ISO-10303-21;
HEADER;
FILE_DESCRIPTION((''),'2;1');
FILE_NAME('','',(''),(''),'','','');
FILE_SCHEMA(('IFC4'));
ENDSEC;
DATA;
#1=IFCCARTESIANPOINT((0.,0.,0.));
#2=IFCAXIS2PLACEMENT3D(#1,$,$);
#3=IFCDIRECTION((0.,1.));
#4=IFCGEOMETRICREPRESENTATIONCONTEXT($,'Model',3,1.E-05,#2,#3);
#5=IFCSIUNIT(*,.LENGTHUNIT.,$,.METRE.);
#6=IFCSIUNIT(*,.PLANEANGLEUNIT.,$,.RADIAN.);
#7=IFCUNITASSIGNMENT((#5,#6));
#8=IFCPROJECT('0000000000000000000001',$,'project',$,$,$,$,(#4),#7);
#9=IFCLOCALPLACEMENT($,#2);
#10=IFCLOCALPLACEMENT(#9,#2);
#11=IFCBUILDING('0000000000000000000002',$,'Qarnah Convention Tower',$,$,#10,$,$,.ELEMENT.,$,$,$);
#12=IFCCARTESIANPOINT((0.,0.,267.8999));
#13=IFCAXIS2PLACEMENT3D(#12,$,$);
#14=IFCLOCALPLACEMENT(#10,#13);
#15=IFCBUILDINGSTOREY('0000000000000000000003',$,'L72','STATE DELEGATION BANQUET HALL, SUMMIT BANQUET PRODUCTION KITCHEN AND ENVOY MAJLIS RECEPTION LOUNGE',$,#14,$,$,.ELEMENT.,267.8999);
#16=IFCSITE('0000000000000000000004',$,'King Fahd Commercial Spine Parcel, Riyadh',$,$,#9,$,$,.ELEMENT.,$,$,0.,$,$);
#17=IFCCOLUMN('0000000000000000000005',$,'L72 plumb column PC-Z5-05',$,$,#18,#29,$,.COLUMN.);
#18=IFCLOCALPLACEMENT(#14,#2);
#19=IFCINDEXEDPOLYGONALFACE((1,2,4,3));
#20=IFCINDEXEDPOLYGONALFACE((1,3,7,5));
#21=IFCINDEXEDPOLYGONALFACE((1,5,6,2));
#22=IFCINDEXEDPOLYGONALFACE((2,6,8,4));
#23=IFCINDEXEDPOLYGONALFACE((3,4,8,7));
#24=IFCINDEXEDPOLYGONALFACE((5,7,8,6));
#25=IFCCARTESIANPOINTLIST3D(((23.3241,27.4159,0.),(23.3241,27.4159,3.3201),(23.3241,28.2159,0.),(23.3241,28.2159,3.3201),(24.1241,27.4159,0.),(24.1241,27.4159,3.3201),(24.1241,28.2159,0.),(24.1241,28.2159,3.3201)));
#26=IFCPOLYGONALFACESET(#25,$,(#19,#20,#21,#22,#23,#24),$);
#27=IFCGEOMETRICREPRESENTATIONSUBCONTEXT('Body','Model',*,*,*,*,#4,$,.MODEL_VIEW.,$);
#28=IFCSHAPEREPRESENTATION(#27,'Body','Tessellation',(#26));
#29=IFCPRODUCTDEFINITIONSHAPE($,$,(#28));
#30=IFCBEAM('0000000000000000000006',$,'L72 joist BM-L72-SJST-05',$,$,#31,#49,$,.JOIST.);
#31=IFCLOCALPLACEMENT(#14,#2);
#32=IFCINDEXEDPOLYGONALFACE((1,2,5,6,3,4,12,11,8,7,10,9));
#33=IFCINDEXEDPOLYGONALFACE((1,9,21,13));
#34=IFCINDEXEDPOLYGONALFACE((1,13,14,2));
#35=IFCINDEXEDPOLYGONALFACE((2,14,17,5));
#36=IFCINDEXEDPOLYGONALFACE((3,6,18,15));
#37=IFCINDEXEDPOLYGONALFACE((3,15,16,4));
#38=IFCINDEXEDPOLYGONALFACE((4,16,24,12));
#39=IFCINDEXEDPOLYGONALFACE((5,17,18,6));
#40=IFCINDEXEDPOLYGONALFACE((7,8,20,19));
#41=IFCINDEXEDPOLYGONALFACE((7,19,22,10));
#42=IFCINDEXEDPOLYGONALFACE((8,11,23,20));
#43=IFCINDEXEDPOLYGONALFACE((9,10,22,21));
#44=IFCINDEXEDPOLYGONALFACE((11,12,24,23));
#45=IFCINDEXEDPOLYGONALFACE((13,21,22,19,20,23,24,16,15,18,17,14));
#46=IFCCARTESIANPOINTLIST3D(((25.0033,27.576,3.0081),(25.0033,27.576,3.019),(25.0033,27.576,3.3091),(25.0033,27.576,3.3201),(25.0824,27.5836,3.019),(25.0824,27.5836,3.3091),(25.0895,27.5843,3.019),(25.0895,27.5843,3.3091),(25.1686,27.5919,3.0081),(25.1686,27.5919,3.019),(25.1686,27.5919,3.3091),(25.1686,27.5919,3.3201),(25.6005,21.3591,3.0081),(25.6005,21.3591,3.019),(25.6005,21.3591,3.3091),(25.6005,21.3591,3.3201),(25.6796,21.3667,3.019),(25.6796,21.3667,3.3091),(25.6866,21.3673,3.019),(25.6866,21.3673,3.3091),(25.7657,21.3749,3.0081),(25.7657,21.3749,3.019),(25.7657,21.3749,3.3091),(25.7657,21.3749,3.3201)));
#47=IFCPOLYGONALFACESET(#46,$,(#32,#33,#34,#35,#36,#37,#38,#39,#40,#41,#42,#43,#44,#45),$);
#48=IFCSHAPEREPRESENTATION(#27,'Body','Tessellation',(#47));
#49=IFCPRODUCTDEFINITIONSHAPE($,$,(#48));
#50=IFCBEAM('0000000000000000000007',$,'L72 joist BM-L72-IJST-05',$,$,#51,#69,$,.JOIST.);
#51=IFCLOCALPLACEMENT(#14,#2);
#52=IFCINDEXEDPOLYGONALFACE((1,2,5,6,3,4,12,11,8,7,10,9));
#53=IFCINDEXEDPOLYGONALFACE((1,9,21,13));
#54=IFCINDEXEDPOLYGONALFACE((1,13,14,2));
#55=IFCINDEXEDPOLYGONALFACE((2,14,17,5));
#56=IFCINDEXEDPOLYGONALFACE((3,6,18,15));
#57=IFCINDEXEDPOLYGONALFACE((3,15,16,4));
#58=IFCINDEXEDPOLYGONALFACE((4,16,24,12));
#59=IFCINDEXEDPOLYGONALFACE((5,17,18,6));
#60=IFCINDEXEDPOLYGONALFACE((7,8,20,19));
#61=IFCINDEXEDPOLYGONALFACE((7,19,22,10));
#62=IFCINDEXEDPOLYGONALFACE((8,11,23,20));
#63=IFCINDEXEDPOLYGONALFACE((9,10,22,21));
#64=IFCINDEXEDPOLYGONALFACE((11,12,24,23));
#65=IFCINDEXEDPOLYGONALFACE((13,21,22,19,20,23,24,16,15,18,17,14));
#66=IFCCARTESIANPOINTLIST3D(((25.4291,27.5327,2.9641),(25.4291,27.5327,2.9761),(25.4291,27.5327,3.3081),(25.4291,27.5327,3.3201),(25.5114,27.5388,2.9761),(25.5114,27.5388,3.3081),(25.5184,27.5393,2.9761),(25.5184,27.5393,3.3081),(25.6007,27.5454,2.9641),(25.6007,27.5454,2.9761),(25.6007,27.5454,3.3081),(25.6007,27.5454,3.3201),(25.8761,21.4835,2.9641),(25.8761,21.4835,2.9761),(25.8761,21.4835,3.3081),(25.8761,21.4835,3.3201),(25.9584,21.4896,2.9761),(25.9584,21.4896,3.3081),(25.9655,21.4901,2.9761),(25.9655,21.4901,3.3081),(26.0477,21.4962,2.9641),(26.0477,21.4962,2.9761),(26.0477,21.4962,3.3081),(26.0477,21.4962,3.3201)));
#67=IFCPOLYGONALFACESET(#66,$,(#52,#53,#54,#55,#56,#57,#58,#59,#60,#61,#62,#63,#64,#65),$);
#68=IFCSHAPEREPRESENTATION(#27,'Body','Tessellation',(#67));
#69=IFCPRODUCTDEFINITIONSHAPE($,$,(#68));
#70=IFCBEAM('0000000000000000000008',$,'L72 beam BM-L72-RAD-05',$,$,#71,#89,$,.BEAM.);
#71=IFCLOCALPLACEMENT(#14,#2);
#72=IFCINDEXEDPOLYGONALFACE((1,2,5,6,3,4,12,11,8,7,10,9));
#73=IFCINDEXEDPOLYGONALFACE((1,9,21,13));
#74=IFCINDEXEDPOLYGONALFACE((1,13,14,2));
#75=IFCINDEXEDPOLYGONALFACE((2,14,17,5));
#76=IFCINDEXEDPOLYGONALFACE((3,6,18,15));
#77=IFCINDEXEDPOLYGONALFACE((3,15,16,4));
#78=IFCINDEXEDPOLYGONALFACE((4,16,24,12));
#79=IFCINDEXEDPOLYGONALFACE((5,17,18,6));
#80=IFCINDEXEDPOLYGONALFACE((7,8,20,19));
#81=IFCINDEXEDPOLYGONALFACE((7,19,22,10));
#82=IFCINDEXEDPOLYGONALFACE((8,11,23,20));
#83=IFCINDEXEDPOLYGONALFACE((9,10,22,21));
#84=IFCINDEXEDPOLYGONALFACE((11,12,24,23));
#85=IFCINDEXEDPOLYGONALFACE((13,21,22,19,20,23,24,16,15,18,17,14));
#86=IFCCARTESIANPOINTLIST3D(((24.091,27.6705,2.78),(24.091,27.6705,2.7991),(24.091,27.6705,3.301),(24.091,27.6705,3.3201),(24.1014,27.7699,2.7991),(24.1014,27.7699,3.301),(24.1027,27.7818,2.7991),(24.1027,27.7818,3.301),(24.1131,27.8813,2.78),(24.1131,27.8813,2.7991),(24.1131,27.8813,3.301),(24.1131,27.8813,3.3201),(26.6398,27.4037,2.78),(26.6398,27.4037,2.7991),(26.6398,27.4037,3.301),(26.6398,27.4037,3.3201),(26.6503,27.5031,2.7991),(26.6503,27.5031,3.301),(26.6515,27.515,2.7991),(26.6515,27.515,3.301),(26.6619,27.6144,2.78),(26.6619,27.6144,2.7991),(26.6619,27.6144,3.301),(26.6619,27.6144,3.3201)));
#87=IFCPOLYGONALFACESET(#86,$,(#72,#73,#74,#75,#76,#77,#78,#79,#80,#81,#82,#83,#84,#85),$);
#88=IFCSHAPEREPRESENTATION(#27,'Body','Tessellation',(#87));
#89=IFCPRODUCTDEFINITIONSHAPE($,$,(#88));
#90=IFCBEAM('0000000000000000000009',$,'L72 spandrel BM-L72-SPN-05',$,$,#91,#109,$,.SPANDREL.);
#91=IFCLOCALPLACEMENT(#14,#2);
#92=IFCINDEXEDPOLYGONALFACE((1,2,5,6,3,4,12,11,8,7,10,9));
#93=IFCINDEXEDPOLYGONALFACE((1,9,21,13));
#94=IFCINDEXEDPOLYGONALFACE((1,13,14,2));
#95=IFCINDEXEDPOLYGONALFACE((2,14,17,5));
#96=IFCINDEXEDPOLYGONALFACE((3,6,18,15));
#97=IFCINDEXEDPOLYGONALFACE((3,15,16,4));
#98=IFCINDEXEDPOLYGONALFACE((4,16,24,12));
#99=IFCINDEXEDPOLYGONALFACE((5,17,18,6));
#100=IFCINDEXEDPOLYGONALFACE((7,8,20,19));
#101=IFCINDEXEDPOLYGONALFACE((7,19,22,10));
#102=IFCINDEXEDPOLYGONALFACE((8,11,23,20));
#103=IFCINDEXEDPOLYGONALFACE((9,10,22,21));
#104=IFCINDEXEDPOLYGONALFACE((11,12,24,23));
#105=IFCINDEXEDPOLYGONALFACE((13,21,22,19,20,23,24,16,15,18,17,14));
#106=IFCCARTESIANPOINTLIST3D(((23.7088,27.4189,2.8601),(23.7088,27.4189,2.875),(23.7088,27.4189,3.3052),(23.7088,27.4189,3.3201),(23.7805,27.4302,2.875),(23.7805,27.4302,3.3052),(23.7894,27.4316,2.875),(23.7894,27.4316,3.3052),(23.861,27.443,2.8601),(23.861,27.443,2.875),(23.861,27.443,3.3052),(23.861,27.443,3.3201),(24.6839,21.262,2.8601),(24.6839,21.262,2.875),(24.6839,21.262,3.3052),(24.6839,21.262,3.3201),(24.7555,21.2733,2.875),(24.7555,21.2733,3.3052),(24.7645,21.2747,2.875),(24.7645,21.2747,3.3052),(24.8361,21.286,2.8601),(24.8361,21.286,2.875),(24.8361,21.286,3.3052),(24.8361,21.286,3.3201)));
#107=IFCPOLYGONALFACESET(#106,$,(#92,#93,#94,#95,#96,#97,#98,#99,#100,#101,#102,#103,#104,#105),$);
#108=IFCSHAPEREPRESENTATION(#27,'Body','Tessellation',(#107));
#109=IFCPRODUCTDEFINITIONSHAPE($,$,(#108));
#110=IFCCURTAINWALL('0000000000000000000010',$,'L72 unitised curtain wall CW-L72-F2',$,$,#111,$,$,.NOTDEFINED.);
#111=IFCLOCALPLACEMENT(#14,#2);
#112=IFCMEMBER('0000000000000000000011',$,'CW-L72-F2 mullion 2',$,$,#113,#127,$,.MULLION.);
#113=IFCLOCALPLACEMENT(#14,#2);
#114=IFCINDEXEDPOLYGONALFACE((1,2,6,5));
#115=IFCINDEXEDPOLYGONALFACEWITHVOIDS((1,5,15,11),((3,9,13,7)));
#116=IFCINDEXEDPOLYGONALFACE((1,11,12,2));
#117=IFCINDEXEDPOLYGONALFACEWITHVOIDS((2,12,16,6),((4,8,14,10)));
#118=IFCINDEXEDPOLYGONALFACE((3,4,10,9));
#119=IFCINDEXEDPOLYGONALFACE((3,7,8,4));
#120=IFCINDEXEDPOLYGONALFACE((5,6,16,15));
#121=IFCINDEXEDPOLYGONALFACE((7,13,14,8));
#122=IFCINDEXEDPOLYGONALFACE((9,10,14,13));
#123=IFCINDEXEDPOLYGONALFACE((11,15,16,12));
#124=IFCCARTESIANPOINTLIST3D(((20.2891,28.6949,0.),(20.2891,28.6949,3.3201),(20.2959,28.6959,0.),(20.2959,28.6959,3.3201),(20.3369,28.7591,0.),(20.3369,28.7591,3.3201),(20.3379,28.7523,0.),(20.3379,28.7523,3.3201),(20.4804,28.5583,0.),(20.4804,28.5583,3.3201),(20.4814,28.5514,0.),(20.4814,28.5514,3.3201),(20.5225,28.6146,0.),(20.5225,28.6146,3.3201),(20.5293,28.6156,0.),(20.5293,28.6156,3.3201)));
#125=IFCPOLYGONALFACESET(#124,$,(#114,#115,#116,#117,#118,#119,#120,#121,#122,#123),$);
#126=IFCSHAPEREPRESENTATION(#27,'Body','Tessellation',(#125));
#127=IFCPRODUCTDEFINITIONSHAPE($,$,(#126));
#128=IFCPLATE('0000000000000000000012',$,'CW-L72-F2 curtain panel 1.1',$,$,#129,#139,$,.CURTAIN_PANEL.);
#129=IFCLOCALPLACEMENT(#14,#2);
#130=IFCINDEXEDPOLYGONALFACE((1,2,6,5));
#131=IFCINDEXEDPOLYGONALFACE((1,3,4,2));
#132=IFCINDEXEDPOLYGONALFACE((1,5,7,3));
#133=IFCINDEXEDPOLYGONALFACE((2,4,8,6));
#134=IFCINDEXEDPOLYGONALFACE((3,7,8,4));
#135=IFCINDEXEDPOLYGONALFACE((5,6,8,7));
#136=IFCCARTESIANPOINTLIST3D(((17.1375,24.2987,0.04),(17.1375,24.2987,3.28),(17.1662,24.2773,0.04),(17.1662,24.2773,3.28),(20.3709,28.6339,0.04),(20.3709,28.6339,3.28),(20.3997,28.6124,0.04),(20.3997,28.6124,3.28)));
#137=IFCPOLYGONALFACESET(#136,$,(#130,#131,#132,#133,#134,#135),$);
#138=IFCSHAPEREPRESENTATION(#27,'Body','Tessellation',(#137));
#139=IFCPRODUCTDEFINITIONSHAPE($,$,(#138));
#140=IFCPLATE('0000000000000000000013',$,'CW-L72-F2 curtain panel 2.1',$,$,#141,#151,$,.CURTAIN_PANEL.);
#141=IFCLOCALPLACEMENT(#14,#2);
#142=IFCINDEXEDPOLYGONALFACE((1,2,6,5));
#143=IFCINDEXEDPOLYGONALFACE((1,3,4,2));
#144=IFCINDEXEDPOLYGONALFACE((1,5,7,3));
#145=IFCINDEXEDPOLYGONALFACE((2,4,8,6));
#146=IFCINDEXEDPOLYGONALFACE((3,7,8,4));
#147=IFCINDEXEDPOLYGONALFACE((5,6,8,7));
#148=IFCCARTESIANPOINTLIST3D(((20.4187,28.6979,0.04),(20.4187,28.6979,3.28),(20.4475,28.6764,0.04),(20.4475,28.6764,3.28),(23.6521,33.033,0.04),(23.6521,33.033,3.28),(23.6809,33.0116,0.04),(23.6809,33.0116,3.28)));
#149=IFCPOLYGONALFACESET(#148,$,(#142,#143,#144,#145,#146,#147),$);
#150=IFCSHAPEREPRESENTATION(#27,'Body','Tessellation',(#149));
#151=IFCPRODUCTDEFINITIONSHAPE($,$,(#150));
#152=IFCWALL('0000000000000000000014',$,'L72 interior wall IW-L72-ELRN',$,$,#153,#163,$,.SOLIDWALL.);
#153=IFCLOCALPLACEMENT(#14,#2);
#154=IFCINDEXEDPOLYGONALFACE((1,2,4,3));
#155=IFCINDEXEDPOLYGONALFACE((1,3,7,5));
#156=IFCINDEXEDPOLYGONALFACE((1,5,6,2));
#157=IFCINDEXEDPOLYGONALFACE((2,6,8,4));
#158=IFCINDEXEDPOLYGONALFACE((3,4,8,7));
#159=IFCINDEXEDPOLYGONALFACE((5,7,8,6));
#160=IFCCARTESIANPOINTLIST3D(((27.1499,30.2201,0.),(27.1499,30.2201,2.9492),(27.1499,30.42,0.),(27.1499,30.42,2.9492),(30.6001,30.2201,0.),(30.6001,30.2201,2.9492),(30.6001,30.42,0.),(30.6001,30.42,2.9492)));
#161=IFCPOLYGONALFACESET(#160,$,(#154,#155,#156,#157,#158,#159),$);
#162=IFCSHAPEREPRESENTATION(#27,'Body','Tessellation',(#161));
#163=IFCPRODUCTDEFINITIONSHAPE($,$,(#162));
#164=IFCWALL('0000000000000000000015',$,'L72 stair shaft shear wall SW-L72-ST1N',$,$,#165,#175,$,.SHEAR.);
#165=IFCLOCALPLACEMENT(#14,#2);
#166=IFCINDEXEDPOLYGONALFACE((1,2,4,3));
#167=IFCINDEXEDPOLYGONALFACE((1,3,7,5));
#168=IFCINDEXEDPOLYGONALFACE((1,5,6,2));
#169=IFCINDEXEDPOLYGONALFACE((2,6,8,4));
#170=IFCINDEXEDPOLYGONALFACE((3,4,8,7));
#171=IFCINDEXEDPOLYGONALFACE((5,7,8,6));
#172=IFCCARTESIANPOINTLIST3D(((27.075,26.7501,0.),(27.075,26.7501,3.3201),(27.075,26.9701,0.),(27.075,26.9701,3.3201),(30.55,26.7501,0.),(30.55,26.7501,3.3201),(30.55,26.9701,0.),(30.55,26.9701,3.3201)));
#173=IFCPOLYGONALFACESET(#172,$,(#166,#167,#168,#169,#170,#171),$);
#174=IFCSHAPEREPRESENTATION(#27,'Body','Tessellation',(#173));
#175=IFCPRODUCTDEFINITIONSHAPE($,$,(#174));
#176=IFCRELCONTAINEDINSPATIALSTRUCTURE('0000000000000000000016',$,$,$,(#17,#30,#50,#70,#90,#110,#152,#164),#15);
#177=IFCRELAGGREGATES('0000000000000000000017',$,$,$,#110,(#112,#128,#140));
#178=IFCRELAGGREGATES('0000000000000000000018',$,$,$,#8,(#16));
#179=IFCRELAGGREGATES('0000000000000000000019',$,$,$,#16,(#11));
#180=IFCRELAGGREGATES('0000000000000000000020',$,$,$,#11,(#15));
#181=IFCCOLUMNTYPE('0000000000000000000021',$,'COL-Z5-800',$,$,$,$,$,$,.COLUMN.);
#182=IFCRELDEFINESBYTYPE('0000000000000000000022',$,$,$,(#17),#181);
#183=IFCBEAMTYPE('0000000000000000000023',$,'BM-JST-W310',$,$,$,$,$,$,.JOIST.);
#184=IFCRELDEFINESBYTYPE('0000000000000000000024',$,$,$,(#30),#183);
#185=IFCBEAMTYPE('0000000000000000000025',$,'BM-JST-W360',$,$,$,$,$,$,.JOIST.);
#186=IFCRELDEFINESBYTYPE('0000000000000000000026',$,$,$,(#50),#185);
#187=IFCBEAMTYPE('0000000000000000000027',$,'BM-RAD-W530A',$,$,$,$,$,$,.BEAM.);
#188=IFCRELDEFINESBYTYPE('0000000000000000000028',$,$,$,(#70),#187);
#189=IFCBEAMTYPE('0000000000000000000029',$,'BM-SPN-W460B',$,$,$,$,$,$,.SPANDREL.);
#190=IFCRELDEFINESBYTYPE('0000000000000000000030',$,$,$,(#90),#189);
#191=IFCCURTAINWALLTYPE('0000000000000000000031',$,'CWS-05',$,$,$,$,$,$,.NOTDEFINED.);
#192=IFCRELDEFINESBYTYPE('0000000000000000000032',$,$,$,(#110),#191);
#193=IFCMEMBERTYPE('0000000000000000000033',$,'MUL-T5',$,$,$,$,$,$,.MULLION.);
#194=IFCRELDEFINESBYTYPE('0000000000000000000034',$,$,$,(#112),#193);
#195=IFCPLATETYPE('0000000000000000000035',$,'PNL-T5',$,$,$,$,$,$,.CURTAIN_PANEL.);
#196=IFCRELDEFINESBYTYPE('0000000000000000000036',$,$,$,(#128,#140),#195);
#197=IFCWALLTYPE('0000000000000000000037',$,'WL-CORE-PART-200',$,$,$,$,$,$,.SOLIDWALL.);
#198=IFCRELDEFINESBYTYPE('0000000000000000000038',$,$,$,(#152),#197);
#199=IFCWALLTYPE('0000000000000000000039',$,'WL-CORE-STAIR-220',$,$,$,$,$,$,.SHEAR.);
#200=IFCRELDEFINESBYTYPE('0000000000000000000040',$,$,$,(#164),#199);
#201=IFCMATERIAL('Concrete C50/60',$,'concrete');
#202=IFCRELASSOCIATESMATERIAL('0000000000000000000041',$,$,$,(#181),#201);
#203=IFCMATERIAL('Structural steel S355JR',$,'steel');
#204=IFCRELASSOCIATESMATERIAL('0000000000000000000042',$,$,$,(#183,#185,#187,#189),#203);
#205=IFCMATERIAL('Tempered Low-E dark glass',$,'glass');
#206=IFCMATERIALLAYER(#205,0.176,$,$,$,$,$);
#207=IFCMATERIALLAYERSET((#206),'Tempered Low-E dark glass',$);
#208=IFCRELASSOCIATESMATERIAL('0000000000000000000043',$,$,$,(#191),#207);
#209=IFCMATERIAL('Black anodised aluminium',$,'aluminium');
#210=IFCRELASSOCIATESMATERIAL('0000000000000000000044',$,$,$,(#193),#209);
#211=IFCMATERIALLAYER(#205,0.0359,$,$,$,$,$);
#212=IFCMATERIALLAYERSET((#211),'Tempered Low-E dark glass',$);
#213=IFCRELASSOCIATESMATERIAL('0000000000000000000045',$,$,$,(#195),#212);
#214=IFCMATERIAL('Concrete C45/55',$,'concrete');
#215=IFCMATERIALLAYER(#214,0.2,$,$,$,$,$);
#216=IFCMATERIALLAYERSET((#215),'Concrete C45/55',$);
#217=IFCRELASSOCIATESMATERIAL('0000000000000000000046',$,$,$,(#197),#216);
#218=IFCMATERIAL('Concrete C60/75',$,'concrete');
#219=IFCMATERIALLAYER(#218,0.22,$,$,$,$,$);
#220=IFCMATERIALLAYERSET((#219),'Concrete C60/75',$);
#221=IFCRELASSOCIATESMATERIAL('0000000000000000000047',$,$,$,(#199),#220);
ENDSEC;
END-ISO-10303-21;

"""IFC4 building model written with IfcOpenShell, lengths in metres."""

from ifc_helpers import new_model, si_unit, direction, frame, frame_2d, origin, origin_2d, place, context, subcontext, project, spatial, rectangle, hollow_rectangle, i_section, extrude, material, layer, layer_set, material_profile, profile_set, type_object, element, aggregate, save


model = new_model("IFC4")

# Units and contexts
model_context = context("Model", 3, precision=1e-05, world=origin(), true_north=direction((0.0, 1.0)))
body_context = subcontext(model_context, "Body", "Model", "MODEL_VIEW")
ifc_project = project(units=[si_unit("LENGTHUNIT", "METRE"), si_unit("PLANEANGLEUNIT", "RADIAN")], contexts=[model_context])

# Site, building, storey
site_placement = place(None, origin())
site = spatial("IfcSite", under=ifc_project, at=site_placement, Name="King Fahd Commercial Spine Parcel, Riyadh", CompositionType="ELEMENT", RefElevation=0.0)
building_placement = place(site_placement, origin())
building = spatial("IfcBuilding", under=site, at=building_placement, Name="Qarnah Convention Tower", CompositionType="ELEMENT")
storey_placement = place(building_placement, frame((0.0, 0.0, 267.8999)))
storey = spatial("IfcBuildingStorey", under=building, at=storey_placement, Name="L72", Description="STATE DELEGATION BANQUET HALL, SUMMIT BANQUET PRODUCTION KITCHEN AND ENVOY MAJLIS RECEPTION LOUNGE", CompositionType="ELEMENT", Elevation=267.8999)

# Column
ifc_material_1 = material(Name="Concrete C50/60", Category="concrete")
ifc_material_profile_1 = material_profile(ifc_material_1, rectangle(XDim=0.8, YDim=0.8, at=origin_2d()), Name="RC-COL-800X800")
ifc_profile_set_1 = profile_set([ifc_material_profile_1], Name="Concrete C50/60")
column_type = type_object("IfcColumnType", Name="COL-Z5-800", PredefinedType="COLUMN", material=ifc_profile_set_1)
column_placement = place(storey_placement, frame((23.7241, 27.8159, 0.0), z_axis=(0.0, 0.0, 1.0), x_axis=(1.0, 0.0, 0.0)))
element("IfcColumn", 1, at=column_placement, inside=storey, type_object=column_type, Name="L72 plumb column PC-Z5-05", PredefinedType="COLUMN", context=body_context, shape_type="SweptSolid", body=[
    extrude(rectangle(XDim=0.8, YDim=0.8, at=origin_2d()), origin(), (0.0, 0.0, 1.0), 3.3201),
])

# Beams
ifc_material_2 = material(Name="Structural steel S355JR", Category="steel")
ifc_material_profile_2 = material_profile(ifc_material_2, i_section(OverallWidth=0.166, OverallDepth=0.312, WebThickness=0.0071, FlangeThickness=0.011, at=origin_2d()), Name="W310X45")
ifc_profile_set_2 = profile_set([ifc_material_profile_2], Name="Structural steel S355JR")
beam_type_1 = type_object("IfcBeamType", Name="BM-JST-W310", PredefinedType="JOIST", material=ifc_profile_set_2)
beam_1_placement = place(storey_placement, frame((25.0859, 27.584, 3.1641), z_axis=(0.095613, -0.995419, 0.0), x_axis=(0.995419, 0.095613, 0.0)))
element("IfcBeam", 2, at=beam_1_placement, inside=storey, type_object=beam_type_1, Name="L72 joist BM-L72-SJST-05", PredefinedType="JOIST", context=body_context, shape_type="SweptSolid", body=[
    extrude(i_section(OverallWidth=0.166, OverallDepth=0.312, WebThickness=0.0071, FlangeThickness=0.011, at=origin_2d()), origin(), (0.0, 0.0, 1.0), 6.2456),
])
ifc_material_profile_3 = material_profile(ifc_material_2, i_section(OverallWidth=0.1721, OverallDepth=0.356, WebThickness=0.0071, FlangeThickness=0.012, at=origin_2d()), Name="W360X51")
ifc_profile_set_3 = profile_set([ifc_material_profile_3], Name="Structural steel S355JR")
beam_type_2 = type_object("IfcBeamType", Name="BM-JST-W360", PredefinedType="JOIST", material=ifc_profile_set_3)
beam_2_placement = place(storey_placement, frame((25.5149, 27.5391, 3.1421), z_axis=(0.073698, -0.997281, 0.0), x_axis=(0.997281, 0.073698, 0.0)))
element("IfcBeam", 3, at=beam_2_placement, inside=storey, type_object=beam_type_2, Name="L72 joist BM-L72-IJST-05", PredefinedType="JOIST", context=body_context, shape_type="SweptSolid", body=[
    extrude(i_section(OverallWidth=0.1721, OverallDepth=0.356, WebThickness=0.0071, FlangeThickness=0.012, at=origin_2d()), origin(), (0.0, 0.0, 1.0), 6.0657),
])
ifc_material_profile_4 = material_profile(ifc_material_2, i_section(OverallWidth=0.2119, OverallDepth=0.54, WebThickness=0.012, FlangeThickness=0.019, at=origin_2d()), Name="W530X109")
ifc_profile_set_4 = profile_set([ifc_material_profile_4], Name="Structural steel S355JR")
beam_type_3 = type_object("IfcBeamType", Name="BM-RAD-W530A", PredefinedType="BEAM", material=ifc_profile_set_4)
beam_3_placement = place(storey_placement, frame((26.6509, 27.509, 3.05), z_axis=(-0.994564, 0.104124, 0.0), x_axis=(-0.104124, -0.994564, 0.0)))
element("IfcBeam", 4, at=beam_3_placement, inside=storey, type_object=beam_type_3, Name="L72 beam BM-L72-RAD-05", PredefinedType="BEAM", context=body_context, shape_type="SweptSolid", body=[
    extrude(i_section(OverallWidth=0.2119, OverallDepth=0.54, WebThickness=0.012, FlangeThickness=0.019, at=origin_2d()), origin(), (0.0, 0.0, 1.0), 2.5627),
])
ifc_material_profile_5 = material_profile(ifc_material_2, i_section(OverallWidth=0.1541, OverallDepth=0.46, WebThickness=0.009, FlangeThickness=0.0149, at=origin_2d()), Name="W460X68")
ifc_profile_set_5 = profile_set([ifc_material_profile_5], Name="Structural steel S355JR")
beam_type_4 = type_object("IfcBeamType", Name="BM-SPN-W460B", PredefinedType="SPANDREL", material=ifc_profile_set_5)
beam_4_placement = place(storey_placement, frame((23.7849, 27.4309, 3.0901), z_axis=(0.156423, -0.98769, 0.0), x_axis=(0.98769, 0.156423, 0.0)))
element("IfcBeam", 5, at=beam_4_placement, inside=storey, type_object=beam_type_4, Name="L72 spandrel BM-L72-SPN-05", PredefinedType="SPANDREL", context=body_context, shape_type="SweptSolid", body=[
    extrude(i_section(OverallWidth=0.1541, OverallDepth=0.46, WebThickness=0.009, FlangeThickness=0.0149, at=origin_2d()), origin(), (0.0, 0.0, 1.0), 6.2336),
])

# Curtain wall, member, plates
ifc_material_3 = material(Name="Tempered Low-E dark glass", Category="glass")
ifc_layer_1 = layer(ifc_material_3, 0.176)
ifc_layer_set_1 = layer_set([ifc_layer_1], Name="Tempered Low-E dark glass")
curtain_wall_type = type_object("IfcCurtainWallType", Name="CWS-05", PredefinedType="NOTDEFINED", material=ifc_layer_set_1)
curtain_wall_placement = place(storey_placement, origin())
curtain_wall = element("IfcCurtainWall", 6, at=curtain_wall_placement, inside=storey, type_object=curtain_wall_type, Name="L72 unitised curtain wall CW-L72-F2", PredefinedType="NOTDEFINED")
ifc_material_4 = material(Name="Black anodised aluminium", Category="aluminium")
ifc_material_profile_6 = material_profile(ifc_material_4, hollow_rectangle(XDim=0.0801, YDim=0.24, WallThickness=0.0049, at=origin_2d()), Name="MUL-80X240")
ifc_profile_set_6 = profile_set([ifc_material_profile_6], Name="Black anodised aluminium")
member_type = type_object("IfcMemberType", Name="MUL-T5", PredefinedType="MULLION", material=ifc_profile_set_6)
member_placement = place(storey_placement, frame((20.4092, 28.6553, 0.0), z_axis=(0.0, 0.0, 1.0), x_axis=(0.597875, 0.801589, 0.0)))
member = element("IfcMember", 7, at=member_placement, type_object=member_type, Name="CW-L72-F2 mullion 2", PredefinedType="MULLION", context=body_context, shape_type="SweptSolid", body=[
    extrude(hollow_rectangle(XDim=0.0801, YDim=0.24, WallThickness=0.0049, at=origin_2d()), origin(), (0.0, 0.0, 1.0), 3.3201),
])
ifc_layer_2 = layer(ifc_material_3, 0.0359)
ifc_layer_set_2 = layer_set([ifc_layer_2], Name="Tempered Low-E dark glass")
plate_type = type_object("IfcPlateType", Name="PNL-T5", PredefinedType="CURTAIN_PANEL", material=ifc_layer_set_2)
plate_1_placement = place(storey_placement, frame((18.7686, 26.4556, 0.04), z_axis=(0.0, 0.0, 1.0), x_axis=(0.597875, 0.801589, 0.0)))
plate_1 = element("IfcPlate", 8, at=plate_1_placement, type_object=plate_type, Name="CW-L72-F2 curtain panel 1.1", PredefinedType="CURTAIN_PANEL", context=body_context, shape_type="SweptSolid", body=[
    extrude(rectangle(XDim=5.4082, YDim=0.0359, at=origin_2d()), origin(), (0.0, 0.0, 1.0), 3.24),
])
plate_2_placement = place(storey_placement, frame((22.0498, 30.8547, 0.04), z_axis=(0.0, 0.0, 1.0), x_axis=(0.597875, 0.801589, 0.0)))
plate_2 = element("IfcPlate", 9, at=plate_2_placement, type_object=plate_type, Name="CW-L72-F2 curtain panel 2.1", PredefinedType="CURTAIN_PANEL", context=body_context, shape_type="SweptSolid", body=[
    extrude(rectangle(XDim=5.4082, YDim=0.0359, at=origin_2d()), origin(), (0.0, 0.0, 1.0), 3.24),
])
aggregate(curtain_wall, [member, plate_1, plate_2])

# Walls
ifc_material_5 = material(Name="Concrete C45/55", Category="concrete")
ifc_layer_3 = layer(ifc_material_5, 0.2)
ifc_layer_set_3 = layer_set([ifc_layer_3], Name="Concrete C45/55")
wall_type_1 = type_object("IfcWallType", Name="WL-CORE-PART-200", PredefinedType="SOLIDWALL", material=ifc_layer_set_3)
wall_1_placement = place(storey_placement, frame((27.1499, 30.3201, 0.0), z_axis=(0.0, 0.0, 1.0), x_axis=(1.0, 0.0, 0.0)))
element("IfcWall", 10, at=wall_1_placement, inside=storey, type_object=wall_type_1, Name="L72 interior wall IW-L72-ELRN", PredefinedType="SOLIDWALL", context=body_context, shape_type="SweptSolid", body=[
    extrude(rectangle(XDim=3.4502, YDim=0.2, at=frame_2d((1.7251, 0.0))), origin(), (0.0, 0.0, 1.0), 2.9492),
])
ifc_material_6 = material(Name="Concrete C60/75", Category="concrete")
ifc_layer_4 = layer(ifc_material_6, 0.22)
ifc_layer_set_4 = layer_set([ifc_layer_4], Name="Concrete C60/75")
wall_type_2 = type_object("IfcWallType", Name="WL-CORE-STAIR-220", PredefinedType="SHEAR", material=ifc_layer_set_4)
wall_2_placement = place(storey_placement, frame((27.075, 26.8601, 0.0), z_axis=(0.0, 0.0, 1.0), x_axis=(1.0, 0.0, 0.0)))
element("IfcWall", 11, at=wall_2_placement, inside=storey, type_object=wall_type_2, Name="L72 stair shaft shear wall SW-L72-ST1N", PredefinedType="SHEAR", context=body_context, shape_type="SweptSolid", body=[
    extrude(rectangle(XDim=3.4751, YDim=0.22, at=frame_2d((1.7375, 0.0))), origin(), (0.0, 0.0, 1.0), 3.3201),
])

save(model, "model.ifc")
